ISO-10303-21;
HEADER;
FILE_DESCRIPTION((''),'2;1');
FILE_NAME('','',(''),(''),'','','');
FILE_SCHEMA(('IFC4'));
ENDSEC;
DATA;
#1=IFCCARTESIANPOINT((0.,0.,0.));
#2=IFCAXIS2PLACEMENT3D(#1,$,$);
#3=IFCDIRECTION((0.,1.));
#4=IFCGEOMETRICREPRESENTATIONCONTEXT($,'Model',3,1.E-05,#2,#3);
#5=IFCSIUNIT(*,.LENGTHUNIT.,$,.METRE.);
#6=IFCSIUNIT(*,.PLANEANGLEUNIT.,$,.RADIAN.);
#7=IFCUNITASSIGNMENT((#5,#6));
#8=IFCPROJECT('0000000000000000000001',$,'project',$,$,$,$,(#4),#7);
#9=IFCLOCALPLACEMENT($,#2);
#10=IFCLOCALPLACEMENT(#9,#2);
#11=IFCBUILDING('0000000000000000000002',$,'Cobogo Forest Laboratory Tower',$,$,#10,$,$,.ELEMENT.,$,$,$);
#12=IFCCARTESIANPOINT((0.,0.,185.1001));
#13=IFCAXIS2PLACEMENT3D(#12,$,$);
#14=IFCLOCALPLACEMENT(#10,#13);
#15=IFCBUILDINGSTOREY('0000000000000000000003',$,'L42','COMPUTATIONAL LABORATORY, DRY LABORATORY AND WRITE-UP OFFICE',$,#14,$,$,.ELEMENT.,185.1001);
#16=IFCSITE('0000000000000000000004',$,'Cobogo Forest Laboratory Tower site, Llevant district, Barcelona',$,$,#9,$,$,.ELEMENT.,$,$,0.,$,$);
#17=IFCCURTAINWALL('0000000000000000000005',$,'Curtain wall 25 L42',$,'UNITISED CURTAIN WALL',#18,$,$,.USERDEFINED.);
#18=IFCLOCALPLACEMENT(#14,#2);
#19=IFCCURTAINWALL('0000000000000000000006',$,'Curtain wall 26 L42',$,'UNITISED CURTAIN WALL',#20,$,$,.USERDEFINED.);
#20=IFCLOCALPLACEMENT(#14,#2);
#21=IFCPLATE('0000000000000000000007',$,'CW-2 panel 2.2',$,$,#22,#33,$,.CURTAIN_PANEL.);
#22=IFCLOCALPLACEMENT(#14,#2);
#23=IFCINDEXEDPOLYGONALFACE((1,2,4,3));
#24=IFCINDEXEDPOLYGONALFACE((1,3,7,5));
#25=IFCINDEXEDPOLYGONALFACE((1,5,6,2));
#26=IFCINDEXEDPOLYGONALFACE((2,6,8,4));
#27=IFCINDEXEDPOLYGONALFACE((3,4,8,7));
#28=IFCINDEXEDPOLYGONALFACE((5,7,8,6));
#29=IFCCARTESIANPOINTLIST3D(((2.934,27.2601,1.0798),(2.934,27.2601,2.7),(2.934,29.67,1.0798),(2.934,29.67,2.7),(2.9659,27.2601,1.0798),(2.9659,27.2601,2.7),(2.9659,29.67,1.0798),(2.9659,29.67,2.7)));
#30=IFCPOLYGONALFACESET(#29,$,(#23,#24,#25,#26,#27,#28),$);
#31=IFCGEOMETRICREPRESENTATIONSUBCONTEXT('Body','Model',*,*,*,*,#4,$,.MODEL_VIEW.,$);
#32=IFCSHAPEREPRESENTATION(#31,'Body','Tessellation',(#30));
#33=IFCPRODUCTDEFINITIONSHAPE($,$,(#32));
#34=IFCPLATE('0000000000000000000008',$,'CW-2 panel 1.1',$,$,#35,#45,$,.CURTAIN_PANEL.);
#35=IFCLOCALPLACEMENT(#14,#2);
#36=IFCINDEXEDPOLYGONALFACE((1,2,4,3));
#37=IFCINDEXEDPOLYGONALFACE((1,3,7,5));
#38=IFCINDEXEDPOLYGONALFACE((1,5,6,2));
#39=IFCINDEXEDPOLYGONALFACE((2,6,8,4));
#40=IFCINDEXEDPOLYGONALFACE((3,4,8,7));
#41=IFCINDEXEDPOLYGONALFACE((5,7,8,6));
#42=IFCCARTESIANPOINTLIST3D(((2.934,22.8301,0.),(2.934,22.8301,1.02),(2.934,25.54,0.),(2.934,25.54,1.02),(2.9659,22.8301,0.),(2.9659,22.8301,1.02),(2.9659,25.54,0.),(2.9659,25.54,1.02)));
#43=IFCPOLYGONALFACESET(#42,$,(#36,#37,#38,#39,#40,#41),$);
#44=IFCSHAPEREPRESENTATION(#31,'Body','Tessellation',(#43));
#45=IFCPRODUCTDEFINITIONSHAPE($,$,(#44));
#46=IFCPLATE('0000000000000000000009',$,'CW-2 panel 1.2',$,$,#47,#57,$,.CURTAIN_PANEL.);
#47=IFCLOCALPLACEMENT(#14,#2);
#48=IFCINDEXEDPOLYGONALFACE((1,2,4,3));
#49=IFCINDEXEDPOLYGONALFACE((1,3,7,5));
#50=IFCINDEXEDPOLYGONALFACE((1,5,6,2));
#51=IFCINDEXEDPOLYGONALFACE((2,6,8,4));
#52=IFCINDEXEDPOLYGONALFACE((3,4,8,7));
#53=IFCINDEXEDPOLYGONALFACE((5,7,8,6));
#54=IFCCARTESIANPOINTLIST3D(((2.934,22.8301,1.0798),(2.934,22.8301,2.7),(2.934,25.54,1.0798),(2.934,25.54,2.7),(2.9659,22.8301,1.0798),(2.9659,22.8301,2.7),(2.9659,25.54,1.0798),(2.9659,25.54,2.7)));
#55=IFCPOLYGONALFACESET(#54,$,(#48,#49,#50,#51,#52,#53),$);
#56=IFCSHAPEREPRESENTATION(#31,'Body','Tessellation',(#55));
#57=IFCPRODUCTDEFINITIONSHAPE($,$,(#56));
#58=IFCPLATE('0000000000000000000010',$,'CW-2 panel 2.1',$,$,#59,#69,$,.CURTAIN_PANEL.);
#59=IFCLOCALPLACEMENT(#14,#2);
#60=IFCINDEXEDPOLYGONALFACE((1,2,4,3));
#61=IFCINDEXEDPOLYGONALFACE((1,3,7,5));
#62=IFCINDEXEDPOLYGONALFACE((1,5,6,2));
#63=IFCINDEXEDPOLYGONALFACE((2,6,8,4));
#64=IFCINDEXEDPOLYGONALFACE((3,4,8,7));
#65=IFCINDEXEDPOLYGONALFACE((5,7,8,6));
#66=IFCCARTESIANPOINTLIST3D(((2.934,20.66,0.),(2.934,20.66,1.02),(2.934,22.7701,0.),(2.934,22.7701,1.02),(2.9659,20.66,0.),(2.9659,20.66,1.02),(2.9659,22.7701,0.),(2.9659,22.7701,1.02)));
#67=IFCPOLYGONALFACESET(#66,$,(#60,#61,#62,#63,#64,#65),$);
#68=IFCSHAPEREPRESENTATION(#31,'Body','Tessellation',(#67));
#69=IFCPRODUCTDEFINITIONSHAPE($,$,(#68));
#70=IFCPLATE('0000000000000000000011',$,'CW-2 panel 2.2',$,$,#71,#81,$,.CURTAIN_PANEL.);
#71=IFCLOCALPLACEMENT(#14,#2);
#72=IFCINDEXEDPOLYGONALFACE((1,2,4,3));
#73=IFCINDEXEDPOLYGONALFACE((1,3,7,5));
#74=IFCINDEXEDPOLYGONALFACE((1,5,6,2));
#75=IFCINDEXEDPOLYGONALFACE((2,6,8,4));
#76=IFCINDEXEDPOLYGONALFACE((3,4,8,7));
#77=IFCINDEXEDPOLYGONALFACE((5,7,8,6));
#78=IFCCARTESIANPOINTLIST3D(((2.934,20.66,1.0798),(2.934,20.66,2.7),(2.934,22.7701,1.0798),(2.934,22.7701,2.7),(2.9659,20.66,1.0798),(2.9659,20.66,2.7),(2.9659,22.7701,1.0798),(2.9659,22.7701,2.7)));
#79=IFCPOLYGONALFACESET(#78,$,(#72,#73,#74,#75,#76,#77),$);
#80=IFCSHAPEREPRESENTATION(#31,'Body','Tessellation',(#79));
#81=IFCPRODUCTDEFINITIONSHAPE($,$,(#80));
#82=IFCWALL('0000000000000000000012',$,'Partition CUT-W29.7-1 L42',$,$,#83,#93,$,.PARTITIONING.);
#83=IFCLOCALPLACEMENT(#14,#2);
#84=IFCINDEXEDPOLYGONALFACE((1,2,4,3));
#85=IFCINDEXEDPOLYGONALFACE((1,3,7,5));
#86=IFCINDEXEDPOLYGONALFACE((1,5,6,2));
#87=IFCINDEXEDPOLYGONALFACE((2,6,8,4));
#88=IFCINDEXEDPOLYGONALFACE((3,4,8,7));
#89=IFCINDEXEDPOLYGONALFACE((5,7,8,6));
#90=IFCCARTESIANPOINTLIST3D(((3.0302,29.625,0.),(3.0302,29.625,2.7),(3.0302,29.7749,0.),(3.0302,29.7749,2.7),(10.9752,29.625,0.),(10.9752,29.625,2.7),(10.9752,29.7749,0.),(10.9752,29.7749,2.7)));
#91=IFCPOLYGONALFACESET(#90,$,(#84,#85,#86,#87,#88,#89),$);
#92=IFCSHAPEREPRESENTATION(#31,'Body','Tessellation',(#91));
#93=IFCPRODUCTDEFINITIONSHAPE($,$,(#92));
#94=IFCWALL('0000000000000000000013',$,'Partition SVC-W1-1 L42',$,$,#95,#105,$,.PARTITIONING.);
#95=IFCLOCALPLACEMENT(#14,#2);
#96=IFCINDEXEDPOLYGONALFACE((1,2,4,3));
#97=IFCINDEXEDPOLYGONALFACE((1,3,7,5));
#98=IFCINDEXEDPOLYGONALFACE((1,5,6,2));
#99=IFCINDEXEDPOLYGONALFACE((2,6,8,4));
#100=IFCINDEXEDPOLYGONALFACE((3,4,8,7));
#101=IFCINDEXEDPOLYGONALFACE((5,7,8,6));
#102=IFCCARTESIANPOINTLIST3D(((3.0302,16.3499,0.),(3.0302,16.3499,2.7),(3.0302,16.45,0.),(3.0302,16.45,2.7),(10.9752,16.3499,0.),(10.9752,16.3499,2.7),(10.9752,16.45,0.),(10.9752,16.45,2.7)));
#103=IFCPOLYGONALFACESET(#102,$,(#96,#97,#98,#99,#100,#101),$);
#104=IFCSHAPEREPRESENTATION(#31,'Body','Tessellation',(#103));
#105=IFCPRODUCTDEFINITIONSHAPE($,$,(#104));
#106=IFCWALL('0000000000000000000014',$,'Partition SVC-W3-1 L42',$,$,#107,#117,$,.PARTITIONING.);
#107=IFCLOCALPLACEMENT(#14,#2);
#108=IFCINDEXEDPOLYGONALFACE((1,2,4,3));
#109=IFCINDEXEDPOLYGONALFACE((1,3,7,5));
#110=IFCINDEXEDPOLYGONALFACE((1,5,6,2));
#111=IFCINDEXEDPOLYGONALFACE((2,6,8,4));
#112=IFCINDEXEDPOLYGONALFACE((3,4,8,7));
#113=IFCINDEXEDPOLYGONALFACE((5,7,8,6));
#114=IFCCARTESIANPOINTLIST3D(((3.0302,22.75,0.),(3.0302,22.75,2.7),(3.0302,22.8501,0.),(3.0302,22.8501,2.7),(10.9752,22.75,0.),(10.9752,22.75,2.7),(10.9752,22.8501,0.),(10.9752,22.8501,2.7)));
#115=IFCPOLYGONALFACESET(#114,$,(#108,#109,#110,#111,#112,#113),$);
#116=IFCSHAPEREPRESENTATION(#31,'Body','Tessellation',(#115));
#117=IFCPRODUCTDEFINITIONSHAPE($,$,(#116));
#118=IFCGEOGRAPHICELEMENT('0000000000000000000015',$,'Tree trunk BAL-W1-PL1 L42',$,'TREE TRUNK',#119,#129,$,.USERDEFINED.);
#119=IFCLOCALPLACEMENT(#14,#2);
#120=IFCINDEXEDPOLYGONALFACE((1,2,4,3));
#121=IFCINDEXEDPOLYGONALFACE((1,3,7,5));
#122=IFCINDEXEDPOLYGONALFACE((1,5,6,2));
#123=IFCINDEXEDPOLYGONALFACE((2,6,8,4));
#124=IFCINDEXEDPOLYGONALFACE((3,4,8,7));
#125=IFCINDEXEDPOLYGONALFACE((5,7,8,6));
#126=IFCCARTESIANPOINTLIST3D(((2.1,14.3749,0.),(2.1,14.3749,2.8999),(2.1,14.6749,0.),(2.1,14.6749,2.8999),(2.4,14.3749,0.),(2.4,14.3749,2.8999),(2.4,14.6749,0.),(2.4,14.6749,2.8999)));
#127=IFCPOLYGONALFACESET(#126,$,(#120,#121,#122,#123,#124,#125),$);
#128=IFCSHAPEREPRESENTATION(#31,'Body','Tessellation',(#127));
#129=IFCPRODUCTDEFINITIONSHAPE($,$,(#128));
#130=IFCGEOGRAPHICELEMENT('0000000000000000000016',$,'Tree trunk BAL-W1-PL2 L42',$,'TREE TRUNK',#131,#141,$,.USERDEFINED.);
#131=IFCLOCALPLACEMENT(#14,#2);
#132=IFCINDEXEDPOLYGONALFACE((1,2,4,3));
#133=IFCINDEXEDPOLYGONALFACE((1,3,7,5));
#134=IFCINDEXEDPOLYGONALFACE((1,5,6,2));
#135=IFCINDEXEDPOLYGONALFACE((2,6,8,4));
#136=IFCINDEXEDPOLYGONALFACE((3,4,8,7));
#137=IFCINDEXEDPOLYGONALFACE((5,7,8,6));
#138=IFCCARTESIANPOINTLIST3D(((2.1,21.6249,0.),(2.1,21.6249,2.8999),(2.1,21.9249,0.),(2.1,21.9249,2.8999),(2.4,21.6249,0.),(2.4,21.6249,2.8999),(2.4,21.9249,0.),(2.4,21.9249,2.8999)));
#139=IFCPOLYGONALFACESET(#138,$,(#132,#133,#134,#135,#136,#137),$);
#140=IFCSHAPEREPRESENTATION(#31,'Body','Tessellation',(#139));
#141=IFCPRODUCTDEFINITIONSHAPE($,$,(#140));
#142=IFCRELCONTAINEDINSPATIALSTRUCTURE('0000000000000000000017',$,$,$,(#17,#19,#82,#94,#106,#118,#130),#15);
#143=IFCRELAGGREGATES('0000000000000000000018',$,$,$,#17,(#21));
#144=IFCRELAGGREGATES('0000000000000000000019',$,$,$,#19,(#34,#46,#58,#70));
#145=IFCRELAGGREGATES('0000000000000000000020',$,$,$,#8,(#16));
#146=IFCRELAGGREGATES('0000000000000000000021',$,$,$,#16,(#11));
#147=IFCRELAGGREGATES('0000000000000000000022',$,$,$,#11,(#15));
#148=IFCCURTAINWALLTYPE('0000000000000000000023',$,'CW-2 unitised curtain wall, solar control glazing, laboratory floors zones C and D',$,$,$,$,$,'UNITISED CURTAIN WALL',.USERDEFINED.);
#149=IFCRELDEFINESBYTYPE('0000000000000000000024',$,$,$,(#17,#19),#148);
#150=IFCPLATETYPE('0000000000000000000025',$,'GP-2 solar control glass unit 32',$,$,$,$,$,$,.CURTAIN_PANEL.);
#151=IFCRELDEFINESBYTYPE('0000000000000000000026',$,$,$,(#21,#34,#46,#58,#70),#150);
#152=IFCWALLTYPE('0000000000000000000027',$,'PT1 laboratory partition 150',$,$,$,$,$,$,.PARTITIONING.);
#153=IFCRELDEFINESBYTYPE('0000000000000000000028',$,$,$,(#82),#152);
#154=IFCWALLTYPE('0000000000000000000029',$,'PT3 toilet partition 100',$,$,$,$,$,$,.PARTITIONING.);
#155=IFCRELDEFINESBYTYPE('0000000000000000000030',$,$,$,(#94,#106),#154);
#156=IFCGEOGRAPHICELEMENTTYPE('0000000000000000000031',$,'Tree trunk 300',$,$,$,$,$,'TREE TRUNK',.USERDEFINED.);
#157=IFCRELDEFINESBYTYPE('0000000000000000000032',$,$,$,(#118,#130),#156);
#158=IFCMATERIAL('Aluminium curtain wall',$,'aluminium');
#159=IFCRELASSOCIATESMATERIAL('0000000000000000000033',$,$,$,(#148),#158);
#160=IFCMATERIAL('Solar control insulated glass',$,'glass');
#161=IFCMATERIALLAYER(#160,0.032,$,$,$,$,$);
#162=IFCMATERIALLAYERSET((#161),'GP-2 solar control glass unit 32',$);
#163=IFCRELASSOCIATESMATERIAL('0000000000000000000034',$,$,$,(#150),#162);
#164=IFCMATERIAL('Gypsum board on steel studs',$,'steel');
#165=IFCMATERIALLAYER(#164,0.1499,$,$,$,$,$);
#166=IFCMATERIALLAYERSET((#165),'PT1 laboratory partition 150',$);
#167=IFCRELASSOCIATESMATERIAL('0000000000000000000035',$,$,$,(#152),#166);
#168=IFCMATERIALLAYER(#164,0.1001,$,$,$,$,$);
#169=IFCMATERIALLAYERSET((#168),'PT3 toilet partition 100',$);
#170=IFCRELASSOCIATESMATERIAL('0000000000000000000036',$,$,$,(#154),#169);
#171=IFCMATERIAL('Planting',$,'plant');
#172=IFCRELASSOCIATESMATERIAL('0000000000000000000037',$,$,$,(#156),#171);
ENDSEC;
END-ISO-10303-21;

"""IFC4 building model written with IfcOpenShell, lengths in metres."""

from ifc_helpers import new_model, si_unit, direction, frame, frame_2d, origin, origin_2d, place, context, subcontext, project, spatial, rectangle, extrude, material, layer, layer_set, type_object, element, aggregate, save


model = new_model("IFC4")

# Units and contexts
model_context = context("Model", 3, precision=1e-05, world=origin(), true_north=direction((0.0, 1.0)))
body_context = subcontext(model_context, "Body", "Model", "MODEL_VIEW")
ifc_project = project(units=[si_unit("LENGTHUNIT", "METRE"), si_unit("PLANEANGLEUNIT", "RADIAN")], contexts=[model_context])

# Site, building, storey
site_placement = place(None, origin())
site = spatial("IfcSite", under=ifc_project, at=site_placement, Name="Cobogo Forest Laboratory Tower site, Llevant district, Barcelona", CompositionType="ELEMENT", RefElevation=0.0)
building_placement = place(site_placement, origin())
building = spatial("IfcBuilding", under=site, at=building_placement, Name="Cobogo Forest Laboratory Tower", CompositionType="ELEMENT")
storey_placement = place(building_placement, frame((0.0, 0.0, 185.1001)))
storey = spatial("IfcBuildingStorey", under=building, at=storey_placement, Name="L42", Description="COMPUTATIONAL LABORATORY, DRY LABORATORY AND WRITE-UP OFFICE", CompositionType="ELEMENT", Elevation=185.1001)

# Curtain walls
ifc_material_1 = material(Name="Aluminium curtain wall", Category="aluminium")
curtain_wall_type = type_object("IfcCurtainWallType", Name="CW-2 unitised curtain wall, solar control glazing, laboratory floors zones C and D", ElementType="UNITISED CURTAIN WALL", PredefinedType="USERDEFINED", material=ifc_material_1)
curtain_wall_1_placement = place(storey_placement, origin())
curtain_wall_1 = element("IfcCurtainWall", 1, at=curtain_wall_1_placement, inside=storey, type_object=curtain_wall_type, Name="Curtain wall 25 L42", ObjectType="UNITISED CURTAIN WALL", PredefinedType="USERDEFINED")
curtain_wall_2_placement = place(storey_placement, origin())
curtain_wall_2 = element("IfcCurtainWall", 2, at=curtain_wall_2_placement, inside=storey, type_object=curtain_wall_type, Name="Curtain wall 26 L42", ObjectType="UNITISED CURTAIN WALL", PredefinedType="USERDEFINED")

# Plates
ifc_material_2 = material(Name="Solar control insulated glass", Category="glass")
ifc_layer_1 = layer(ifc_material_2, 0.032)
ifc_layer_set_1 = layer_set([ifc_layer_1], Name="GP-2 solar control glass unit 32")
plate_type_1 = type_object("IfcPlateType", Name="GP-2 solar control glass unit 32", PredefinedType="CURTAIN_PANEL", material=ifc_layer_set_1)
plate_1_placement = place(storey_placement, frame((2.95, 28.4651, 1.0798), z_axis=(0.0, 0.0, 1.0), x_axis=(0.0, -1.0, 0.0)))
plate_1 = element("IfcPlate", 3, at=plate_1_placement, type_object=plate_type_1, Name="CW-2 panel 2.2", PredefinedType="CURTAIN_PANEL", context=body_context, shape_type="SweptSolid", body=[
    extrude(rectangle(XDim=2.4099, YDim=0.032, at=origin_2d()), origin(), (0.0, 0.0, 1.0), 1.6201),
])
aggregate(curtain_wall_1, [plate_1])
plate_2_placement = place(storey_placement, frame((2.95, 24.1851, 0.0), z_axis=(0.0, 0.0, 1.0), x_axis=(0.0, -1.0, 0.0)))
plate_2 = element("IfcPlate", 4, at=plate_2_placement, type_object=plate_type_1, Name="CW-2 panel 1.1", PredefinedType="CURTAIN_PANEL", context=body_context, shape_type="SweptSolid", body=[
    extrude(rectangle(XDim=2.71, YDim=0.032, at=origin_2d()), origin(), (0.0, 0.0, 1.0), 1.02),
])
plate_3_placement = place(storey_placement, frame((2.95, 24.1851, 1.0798), z_axis=(0.0, 0.0, 1.0), x_axis=(0.0, -1.0, 0.0)))
plate_3 = element("IfcPlate", 5, at=plate_3_placement, type_object=plate_type_1, Name="CW-2 panel 1.2", PredefinedType="CURTAIN_PANEL", context=body_context, shape_type="SweptSolid", body=[
    extrude(rectangle(XDim=2.71, YDim=0.032, at=origin_2d()), origin(), (0.0, 0.0, 1.0), 1.6201),
])
plate_4_placement = place(storey_placement, frame((2.95, 21.7151, 0.0), z_axis=(0.0, 0.0, 1.0), x_axis=(0.0, -1.0, 0.0)))
plate_4 = element("IfcPlate", 6, at=plate_4_placement, type_object=plate_type_1, Name="CW-2 panel 2.1", PredefinedType="CURTAIN_PANEL", context=body_context, shape_type="SweptSolid", body=[
    extrude(rectangle(XDim=2.1101, YDim=0.032, at=origin_2d()), origin(), (0.0, 0.0, 1.0), 1.02),
])
plate_5_placement = place(storey_placement, frame((2.95, 21.7151, 1.0798), z_axis=(0.0, 0.0, 1.0), x_axis=(0.0, -1.0, 0.0)))
plate_5 = element("IfcPlate", 7, at=plate_5_placement, type_object=plate_type_1, Name="CW-2 panel 2.2", PredefinedType="CURTAIN_PANEL", context=body_context, shape_type="SweptSolid", body=[
    extrude(rectangle(XDim=2.1101, YDim=0.032, at=origin_2d()), origin(), (0.0, 0.0, 1.0), 1.6201),
])
aggregate(curtain_wall_2, [plate_2, plate_3, plate_4, plate_5])

# Walls
ifc_material_3 = material(Name="Gypsum board on steel studs", Category="steel")
ifc_layer_2 = layer(ifc_material_3, 0.1499)
ifc_layer_set_2 = layer_set([ifc_layer_2], Name="PT1 laboratory partition 150")
wall_type_1 = type_object("IfcWallType", Name="PT1 laboratory partition 150", PredefinedType="PARTITIONING", material=ifc_layer_set_2)
wall_1_placement = place(storey_placement, frame((3.03, 29.7, 0.0), z_axis=(0.0, 0.0, 1.0), x_axis=(1.0, 0.0, 0.0)))
element("IfcWall", 8, at=wall_1_placement, inside=storey, type_object=wall_type_1, Name="Partition CUT-W29.7-1 L42", PredefinedType="PARTITIONING", context=body_context, shape_type="SweptSolid", body=[
    extrude(rectangle(XDim=7.9451, YDim=0.1499, at=frame_2d((3.9727, 0.0))), origin(), (0.0, 0.0, 1.0), 2.7),
])
ifc_layer_3 = layer(ifc_material_3, 0.1001)
ifc_layer_set_3 = layer_set([ifc_layer_3], Name="PT3 toilet partition 100")
wall_type_2 = type_object("IfcWallType", Name="PT3 toilet partition 100", PredefinedType="PARTITIONING", material=ifc_layer_set_3)
for number, where, z_axis, x_axis, name in (
    (9, (3.03, 16.3999, 0.0), (0.0, 0.0, 1.0), (1.0, 0.0, 0.0), "Partition SVC-W1-1 L42"),
    (10, (3.03, 22.8, 0.0), (0.0, 0.0, 1.0), (1.0, 0.0, 0.0), "Partition SVC-W3-1 L42"),
):
    element("IfcWall", number, at=place(storey_placement, frame(where, z_axis=z_axis, x_axis=x_axis)), inside=storey, type_object=wall_type_2, Name=name, PredefinedType="PARTITIONING", context=body_context, shape_type="SweptSolid", body=[
        extrude(rectangle(XDim=7.9451, YDim=0.1001, at=frame_2d((3.9727, 0.0))), origin(), (0.0, 0.0, 1.0), 2.7),
    ])

# Geographic elements
ifc_material_4 = material(Name="Planting", Category="plant")
geographic_element_type = type_object("IfcGeographicElementType", Name="Tree trunk 300", ElementType="TREE TRUNK", PredefinedType="USERDEFINED", material=ifc_material_4)
for number, where, z_axis, x_axis, name in (
    (11, (2.25, 14.5249, 0.0), (0.0, 0.0, 1.0), (1.0, 0.0, 0.0), "Tree trunk BAL-W1-PL1 L42"),
    (12, (2.25, 21.7749, 0.0), (0.0, 0.0, 1.0), (1.0, 0.0, 0.0), "Tree trunk BAL-W1-PL2 L42"),
):
    element("IfcGeographicElement", number, at=place(storey_placement, frame(where, z_axis=z_axis, x_axis=x_axis)), inside=storey, type_object=geographic_element_type, Name=name, ObjectType="TREE TRUNK", PredefinedType="USERDEFINED", context=body_context, shape_type="SweptSolid", body=[
        extrude(rectangle(XDim=0.3, YDim=0.3, at=origin_2d()), origin(), (0.0, 0.0, 1.0), 2.8999),
    ])

save(model, "model.ifc")
